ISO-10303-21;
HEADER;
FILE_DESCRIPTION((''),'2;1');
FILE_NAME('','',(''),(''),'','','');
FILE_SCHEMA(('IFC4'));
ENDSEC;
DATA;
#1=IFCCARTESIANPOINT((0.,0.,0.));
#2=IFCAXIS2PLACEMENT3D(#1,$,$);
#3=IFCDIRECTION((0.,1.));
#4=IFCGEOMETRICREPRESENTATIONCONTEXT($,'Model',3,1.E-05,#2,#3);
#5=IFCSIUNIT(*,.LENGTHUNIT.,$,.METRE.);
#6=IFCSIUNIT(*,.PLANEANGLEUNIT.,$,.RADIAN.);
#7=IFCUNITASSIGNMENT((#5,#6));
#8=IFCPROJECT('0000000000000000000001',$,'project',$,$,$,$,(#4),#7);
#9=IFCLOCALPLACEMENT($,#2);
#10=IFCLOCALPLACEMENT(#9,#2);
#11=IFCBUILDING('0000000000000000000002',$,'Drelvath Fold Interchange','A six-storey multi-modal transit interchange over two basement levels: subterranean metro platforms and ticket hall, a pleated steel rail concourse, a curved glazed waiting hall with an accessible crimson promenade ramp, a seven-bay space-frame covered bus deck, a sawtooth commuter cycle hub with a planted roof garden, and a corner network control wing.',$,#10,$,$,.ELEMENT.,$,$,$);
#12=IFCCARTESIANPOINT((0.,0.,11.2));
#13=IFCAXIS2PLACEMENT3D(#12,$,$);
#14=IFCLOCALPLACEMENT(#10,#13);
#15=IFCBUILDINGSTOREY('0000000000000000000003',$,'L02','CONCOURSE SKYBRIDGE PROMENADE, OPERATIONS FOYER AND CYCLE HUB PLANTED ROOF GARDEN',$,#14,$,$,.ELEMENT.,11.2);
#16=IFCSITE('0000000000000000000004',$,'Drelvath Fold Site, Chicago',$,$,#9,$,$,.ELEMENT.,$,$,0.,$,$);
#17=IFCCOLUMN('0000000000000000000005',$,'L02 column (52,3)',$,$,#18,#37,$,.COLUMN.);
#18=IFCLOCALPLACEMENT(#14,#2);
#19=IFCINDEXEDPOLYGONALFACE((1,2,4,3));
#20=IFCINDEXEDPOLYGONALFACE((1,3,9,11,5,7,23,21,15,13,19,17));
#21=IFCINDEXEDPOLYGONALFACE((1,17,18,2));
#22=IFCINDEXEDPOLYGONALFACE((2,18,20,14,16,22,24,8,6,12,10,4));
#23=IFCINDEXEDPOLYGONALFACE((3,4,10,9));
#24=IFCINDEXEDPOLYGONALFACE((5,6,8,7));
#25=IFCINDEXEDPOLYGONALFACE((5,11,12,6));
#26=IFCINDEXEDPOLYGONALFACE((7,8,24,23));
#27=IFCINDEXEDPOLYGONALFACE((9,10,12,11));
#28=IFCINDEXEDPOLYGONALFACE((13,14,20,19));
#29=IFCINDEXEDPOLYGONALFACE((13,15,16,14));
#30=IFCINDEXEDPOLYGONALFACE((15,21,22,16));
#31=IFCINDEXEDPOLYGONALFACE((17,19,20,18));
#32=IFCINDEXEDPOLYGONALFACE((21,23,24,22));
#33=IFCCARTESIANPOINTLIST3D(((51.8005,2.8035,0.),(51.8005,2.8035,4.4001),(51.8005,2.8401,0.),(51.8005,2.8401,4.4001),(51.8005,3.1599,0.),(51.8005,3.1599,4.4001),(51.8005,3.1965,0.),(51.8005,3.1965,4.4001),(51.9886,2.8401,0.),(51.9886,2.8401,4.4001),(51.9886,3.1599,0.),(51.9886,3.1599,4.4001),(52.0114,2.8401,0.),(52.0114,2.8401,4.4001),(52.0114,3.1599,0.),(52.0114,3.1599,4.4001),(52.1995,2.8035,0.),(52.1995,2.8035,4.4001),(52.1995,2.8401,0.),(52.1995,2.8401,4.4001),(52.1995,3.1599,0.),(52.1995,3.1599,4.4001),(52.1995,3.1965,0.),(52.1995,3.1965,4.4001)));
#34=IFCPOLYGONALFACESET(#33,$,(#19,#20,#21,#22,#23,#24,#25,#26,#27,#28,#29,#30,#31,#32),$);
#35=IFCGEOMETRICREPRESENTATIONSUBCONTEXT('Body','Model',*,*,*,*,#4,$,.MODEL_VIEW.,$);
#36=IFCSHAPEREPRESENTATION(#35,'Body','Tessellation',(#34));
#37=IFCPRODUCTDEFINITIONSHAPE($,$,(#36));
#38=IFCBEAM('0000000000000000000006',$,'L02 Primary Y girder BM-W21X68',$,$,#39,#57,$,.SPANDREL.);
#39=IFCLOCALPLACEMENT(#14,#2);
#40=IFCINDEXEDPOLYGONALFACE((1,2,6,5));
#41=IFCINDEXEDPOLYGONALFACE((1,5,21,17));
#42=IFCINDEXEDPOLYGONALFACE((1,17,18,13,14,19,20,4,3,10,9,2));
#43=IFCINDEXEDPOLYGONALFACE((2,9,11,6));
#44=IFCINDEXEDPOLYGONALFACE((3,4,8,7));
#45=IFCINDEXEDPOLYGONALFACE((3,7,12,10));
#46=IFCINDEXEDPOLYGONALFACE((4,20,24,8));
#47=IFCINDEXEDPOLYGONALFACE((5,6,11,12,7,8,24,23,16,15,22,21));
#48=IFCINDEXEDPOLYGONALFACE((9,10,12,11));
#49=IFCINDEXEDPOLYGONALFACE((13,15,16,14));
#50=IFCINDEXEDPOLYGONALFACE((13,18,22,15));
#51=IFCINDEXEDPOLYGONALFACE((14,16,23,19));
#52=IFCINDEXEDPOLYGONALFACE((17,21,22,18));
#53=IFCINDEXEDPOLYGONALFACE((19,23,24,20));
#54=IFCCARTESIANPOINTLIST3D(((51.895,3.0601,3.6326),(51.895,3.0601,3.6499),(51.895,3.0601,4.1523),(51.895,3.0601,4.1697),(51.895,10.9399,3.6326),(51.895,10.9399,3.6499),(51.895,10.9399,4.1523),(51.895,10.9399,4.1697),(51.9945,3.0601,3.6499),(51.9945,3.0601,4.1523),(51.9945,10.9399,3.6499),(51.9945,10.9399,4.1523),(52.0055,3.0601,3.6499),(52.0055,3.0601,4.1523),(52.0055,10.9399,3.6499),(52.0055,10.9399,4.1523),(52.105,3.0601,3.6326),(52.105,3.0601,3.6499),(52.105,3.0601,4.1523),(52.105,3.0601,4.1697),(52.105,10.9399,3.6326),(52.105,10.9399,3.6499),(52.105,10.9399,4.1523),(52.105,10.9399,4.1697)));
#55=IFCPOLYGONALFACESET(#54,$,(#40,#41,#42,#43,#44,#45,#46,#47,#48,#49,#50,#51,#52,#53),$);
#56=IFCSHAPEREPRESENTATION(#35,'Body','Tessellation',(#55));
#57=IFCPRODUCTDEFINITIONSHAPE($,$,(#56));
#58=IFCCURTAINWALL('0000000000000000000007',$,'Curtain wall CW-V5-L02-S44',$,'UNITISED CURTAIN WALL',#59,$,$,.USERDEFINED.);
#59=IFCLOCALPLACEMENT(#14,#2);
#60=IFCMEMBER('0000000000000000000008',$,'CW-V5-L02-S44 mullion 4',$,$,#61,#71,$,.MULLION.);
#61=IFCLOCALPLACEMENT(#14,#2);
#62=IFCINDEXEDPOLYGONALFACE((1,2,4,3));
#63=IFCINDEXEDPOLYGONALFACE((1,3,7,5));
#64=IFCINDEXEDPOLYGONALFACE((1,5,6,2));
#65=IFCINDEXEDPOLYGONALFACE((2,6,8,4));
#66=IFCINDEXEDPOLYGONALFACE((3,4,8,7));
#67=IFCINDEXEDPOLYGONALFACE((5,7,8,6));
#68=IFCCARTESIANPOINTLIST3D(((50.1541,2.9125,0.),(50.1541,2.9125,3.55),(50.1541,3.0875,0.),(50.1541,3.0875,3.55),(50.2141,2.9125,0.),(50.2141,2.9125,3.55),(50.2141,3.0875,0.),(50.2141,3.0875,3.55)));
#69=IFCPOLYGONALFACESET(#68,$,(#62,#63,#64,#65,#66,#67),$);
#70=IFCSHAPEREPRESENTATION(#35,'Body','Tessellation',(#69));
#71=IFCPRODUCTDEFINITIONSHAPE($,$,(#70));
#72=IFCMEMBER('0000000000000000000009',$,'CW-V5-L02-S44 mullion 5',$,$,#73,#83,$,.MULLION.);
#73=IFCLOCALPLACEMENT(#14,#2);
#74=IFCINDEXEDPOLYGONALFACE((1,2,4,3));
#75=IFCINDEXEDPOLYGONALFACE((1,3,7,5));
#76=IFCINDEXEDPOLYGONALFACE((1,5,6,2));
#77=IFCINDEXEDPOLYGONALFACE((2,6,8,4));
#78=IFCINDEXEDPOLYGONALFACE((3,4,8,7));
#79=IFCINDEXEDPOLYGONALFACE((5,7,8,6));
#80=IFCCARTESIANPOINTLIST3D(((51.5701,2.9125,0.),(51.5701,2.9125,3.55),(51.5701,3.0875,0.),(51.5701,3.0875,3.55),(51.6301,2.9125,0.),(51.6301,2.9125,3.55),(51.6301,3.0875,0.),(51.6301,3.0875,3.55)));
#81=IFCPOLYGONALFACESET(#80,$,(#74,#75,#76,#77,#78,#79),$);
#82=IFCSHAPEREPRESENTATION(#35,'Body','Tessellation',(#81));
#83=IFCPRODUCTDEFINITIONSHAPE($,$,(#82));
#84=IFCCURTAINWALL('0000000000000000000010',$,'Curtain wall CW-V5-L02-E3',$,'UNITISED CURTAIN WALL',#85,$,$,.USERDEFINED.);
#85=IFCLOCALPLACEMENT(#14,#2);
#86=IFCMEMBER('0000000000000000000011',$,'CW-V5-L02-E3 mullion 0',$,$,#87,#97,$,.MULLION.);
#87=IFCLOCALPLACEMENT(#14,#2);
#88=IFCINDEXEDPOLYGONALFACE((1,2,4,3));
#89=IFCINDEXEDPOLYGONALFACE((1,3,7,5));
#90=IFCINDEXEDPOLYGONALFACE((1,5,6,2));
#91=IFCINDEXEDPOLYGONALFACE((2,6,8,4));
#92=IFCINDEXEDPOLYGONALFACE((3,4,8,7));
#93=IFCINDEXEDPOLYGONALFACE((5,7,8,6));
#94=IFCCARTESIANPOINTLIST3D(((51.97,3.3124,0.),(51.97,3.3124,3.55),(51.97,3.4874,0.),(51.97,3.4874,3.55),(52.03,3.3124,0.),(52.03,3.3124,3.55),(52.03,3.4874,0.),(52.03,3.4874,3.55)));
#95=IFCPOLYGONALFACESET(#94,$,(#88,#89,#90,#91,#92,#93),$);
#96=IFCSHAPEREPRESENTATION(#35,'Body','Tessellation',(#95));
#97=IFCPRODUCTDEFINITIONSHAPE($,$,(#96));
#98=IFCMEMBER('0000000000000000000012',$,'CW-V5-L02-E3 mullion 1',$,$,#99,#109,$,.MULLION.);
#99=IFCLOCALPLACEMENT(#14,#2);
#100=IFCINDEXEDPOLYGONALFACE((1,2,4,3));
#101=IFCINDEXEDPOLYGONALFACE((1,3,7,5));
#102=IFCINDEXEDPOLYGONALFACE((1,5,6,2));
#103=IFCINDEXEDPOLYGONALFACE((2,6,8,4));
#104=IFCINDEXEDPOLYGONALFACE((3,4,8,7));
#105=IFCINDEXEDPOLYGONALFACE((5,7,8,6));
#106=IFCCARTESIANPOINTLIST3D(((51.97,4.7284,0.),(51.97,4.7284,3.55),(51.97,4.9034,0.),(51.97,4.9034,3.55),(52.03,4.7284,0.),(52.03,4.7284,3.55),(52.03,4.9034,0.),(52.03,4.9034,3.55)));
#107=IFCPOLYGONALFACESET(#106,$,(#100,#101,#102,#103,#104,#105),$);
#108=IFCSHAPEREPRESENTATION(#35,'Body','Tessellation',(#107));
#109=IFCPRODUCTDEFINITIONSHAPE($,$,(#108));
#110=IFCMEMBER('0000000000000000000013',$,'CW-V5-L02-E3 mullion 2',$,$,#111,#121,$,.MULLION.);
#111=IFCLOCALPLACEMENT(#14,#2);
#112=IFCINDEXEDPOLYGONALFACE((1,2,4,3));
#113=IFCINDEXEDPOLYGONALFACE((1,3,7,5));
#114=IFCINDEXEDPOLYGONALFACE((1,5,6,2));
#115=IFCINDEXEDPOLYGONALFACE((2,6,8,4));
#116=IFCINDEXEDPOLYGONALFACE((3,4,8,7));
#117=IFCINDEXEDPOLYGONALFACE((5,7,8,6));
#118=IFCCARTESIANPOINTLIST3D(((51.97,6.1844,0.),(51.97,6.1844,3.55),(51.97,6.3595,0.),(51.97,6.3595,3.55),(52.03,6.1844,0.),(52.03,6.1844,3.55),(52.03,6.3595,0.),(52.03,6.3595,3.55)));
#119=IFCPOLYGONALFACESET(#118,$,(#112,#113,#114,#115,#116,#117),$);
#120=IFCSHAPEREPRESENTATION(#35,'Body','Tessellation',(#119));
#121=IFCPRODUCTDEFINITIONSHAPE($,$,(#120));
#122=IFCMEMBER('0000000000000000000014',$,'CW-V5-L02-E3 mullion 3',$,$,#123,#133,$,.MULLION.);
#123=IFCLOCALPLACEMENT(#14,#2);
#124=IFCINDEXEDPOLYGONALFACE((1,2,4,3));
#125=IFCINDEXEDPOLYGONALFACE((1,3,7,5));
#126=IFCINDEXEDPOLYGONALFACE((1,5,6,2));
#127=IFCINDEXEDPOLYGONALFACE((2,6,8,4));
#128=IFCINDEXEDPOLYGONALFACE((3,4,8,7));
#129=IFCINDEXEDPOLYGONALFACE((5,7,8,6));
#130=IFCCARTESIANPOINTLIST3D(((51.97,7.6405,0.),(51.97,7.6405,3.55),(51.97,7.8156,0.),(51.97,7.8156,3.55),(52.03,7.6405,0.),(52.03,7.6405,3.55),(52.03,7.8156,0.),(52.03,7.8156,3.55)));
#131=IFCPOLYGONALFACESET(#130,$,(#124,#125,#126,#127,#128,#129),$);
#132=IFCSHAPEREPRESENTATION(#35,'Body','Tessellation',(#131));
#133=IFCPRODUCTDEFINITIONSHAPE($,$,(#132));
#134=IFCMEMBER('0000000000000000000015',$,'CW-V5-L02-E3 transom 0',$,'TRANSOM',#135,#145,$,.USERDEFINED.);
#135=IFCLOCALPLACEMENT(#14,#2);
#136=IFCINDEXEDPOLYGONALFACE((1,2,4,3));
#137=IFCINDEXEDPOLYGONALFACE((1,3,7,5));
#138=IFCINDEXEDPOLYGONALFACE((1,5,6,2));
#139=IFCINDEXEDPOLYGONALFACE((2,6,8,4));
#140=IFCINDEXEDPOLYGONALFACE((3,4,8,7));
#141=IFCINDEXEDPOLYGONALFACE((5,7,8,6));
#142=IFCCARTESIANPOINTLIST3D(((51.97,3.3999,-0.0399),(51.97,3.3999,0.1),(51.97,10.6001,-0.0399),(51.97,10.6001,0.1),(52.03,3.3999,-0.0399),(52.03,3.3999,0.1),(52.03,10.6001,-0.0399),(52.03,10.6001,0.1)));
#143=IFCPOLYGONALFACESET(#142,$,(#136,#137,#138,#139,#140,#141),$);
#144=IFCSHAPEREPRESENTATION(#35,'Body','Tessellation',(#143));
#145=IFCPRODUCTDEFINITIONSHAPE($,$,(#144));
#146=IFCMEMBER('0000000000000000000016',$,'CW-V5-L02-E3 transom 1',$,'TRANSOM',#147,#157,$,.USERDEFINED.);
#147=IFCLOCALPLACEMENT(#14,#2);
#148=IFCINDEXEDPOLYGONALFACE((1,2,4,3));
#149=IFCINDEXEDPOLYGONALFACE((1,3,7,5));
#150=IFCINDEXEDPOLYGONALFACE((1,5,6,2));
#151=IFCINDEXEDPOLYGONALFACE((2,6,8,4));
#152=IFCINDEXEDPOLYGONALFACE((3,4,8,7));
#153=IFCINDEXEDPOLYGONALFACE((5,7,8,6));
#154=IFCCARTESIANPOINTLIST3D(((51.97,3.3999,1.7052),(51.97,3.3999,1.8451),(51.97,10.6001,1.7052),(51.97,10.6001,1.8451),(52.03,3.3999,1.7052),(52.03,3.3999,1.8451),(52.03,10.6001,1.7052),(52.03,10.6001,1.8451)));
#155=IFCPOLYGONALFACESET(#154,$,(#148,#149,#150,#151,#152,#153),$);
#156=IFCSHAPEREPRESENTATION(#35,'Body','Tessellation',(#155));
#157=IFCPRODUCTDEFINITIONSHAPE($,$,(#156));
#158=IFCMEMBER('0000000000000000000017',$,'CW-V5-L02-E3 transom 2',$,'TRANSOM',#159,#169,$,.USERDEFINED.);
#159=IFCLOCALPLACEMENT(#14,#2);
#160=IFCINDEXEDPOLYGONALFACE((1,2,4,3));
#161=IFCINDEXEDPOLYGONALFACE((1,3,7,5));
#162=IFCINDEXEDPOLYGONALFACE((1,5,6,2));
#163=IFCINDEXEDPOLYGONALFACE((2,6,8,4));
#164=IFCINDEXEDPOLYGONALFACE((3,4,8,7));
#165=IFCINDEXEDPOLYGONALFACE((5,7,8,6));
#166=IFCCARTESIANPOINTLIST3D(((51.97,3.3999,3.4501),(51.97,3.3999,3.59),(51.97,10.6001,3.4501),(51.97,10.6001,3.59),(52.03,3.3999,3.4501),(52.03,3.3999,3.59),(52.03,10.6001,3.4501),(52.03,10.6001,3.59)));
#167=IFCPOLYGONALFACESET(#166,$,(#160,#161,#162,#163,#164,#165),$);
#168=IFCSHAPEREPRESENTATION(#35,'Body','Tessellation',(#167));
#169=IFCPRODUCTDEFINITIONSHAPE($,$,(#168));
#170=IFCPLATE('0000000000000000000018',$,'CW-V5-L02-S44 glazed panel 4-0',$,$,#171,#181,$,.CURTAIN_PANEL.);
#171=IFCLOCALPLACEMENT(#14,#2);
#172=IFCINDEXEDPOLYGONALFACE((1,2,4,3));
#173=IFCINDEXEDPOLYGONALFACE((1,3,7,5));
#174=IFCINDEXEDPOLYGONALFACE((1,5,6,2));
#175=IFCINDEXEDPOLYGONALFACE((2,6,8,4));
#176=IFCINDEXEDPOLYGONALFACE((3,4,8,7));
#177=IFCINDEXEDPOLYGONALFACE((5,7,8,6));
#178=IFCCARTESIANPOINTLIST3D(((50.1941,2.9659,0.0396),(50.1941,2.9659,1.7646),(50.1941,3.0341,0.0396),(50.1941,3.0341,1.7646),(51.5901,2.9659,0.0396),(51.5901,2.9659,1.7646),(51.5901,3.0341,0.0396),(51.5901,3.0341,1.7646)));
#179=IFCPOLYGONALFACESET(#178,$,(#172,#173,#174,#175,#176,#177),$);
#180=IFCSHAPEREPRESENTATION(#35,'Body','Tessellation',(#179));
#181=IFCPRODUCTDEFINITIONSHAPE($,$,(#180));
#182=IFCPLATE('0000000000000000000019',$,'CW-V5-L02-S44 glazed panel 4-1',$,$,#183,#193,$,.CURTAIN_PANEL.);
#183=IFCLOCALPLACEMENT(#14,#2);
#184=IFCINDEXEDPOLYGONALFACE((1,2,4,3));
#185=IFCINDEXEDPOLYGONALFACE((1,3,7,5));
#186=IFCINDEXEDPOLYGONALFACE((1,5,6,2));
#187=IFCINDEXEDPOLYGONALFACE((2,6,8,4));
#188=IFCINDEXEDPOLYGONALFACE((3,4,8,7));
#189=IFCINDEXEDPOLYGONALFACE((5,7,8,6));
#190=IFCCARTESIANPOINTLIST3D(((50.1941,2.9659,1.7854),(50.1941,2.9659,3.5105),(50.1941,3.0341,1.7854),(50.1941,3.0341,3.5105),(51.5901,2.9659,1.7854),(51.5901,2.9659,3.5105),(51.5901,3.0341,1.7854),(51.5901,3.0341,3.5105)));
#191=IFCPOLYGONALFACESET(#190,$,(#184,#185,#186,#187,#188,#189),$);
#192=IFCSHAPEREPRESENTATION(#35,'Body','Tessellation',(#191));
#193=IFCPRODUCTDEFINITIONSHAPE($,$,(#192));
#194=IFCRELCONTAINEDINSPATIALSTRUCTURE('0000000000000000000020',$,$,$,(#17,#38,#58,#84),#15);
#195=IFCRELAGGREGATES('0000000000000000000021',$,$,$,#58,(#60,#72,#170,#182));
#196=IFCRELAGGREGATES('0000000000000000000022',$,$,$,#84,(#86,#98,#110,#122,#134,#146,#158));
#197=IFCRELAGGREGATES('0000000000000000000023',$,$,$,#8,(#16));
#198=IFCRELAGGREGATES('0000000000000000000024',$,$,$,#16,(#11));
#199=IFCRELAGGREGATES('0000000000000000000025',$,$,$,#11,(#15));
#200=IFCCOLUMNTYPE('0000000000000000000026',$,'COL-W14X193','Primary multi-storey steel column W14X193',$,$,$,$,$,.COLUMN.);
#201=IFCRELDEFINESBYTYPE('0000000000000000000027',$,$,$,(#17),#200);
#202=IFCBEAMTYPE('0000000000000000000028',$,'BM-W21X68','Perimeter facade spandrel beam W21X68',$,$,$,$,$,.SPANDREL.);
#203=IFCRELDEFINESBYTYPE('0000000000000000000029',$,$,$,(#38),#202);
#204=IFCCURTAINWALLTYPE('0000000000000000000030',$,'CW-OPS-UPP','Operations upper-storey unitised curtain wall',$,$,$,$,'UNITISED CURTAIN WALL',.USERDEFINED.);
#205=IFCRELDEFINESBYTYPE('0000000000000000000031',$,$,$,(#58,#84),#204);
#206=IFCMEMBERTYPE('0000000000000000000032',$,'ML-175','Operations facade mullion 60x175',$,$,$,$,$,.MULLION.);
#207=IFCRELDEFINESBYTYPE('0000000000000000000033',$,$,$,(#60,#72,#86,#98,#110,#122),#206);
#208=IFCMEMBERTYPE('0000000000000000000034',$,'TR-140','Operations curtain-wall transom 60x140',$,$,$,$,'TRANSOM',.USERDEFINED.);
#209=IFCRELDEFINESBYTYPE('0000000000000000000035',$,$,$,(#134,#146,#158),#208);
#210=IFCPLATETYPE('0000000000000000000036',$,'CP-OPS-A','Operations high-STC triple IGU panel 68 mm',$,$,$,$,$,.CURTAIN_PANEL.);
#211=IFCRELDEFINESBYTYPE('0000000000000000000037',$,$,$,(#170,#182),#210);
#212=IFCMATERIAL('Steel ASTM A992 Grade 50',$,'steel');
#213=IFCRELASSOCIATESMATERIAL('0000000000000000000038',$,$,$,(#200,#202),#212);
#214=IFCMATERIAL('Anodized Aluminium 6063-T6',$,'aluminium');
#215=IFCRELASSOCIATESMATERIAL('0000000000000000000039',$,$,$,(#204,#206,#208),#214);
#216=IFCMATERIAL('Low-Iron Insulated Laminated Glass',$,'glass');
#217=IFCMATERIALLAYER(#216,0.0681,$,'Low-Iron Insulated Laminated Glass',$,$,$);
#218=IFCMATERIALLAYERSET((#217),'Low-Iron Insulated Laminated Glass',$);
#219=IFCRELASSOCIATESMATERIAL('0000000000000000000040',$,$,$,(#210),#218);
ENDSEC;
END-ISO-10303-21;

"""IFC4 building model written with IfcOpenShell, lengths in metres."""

from ifc_helpers import new_model, si_unit, direction, frame, origin, origin_2d, place, context, subcontext, project, spatial, rectangle, i_section, extrude, material, layer, layer_set, material_profile, profile_set, type_object, element, aggregate, save


model = new_model("IFC4")

# Units and contexts
model_context = context("Model", 3, precision=1e-05, world=origin(), true_north=direction((0.0, 1.0)))
body_context = subcontext(model_context, "Body", "Model", "MODEL_VIEW")
ifc_project = project(units=[si_unit("LENGTHUNIT", "METRE"), si_unit("PLANEANGLEUNIT", "RADIAN")], contexts=[model_context])

# Site, building, storey
site_placement = place(None, origin())
site = spatial("IfcSite", under=ifc_project, at=site_placement, Name="Drelvath Fold Site, Chicago", CompositionType="ELEMENT", RefElevation=0.0)
building_placement = place(site_placement, origin())
building = spatial("IfcBuilding", under=site, at=building_placement, Name="Drelvath Fold Interchange", Description="A six-storey multi-modal transit interchange over two basement levels: subterranean metro platforms and ticket hall, a pleated steel rail concourse, a curved glazed waiting hall with an accessible crimson promenade ramp, a seven-bay space-frame covered bus deck, a sawtooth commuter cycle hub with a planted roof garden, and a corner network control wing.", CompositionType="ELEMENT")
storey_placement = place(building_placement, frame((0.0, 0.0, 11.2)))
storey = spatial("IfcBuildingStorey", under=building, at=storey_placement, Name="L02", Description="CONCOURSE SKYBRIDGE PROMENADE, OPERATIONS FOYER AND CYCLE HUB PLANTED ROOF GARDEN", CompositionType="ELEMENT", Elevation=11.2)

# Column
ifc_material_1 = material(Name="Steel ASTM A992 Grade 50", Category="steel")
ifc_material_profile_1 = material_profile(ifc_material_1, i_section(OverallWidth=0.3989, OverallDepth=0.3931, WebThickness=0.0227, FlangeThickness=0.0366, at=origin_2d()), Name="W14X193")
ifc_profile_set_1 = profile_set([ifc_material_profile_1], Name="Steel ASTM A992 Grade 50")
column_type = type_object("IfcColumnType", Name="COL-W14X193", Description="Primary multi-storey steel column W14X193", PredefinedType="COLUMN", material=ifc_profile_set_1)
column_placement = place(storey_placement, frame((52.0, 3.0, 0.0), z_axis=(0.0, 0.0, 1.0), x_axis=(1.0, 0.0, 0.0)))
element("IfcColumn", 1, at=column_placement, inside=storey, type_object=column_type, Name="L02 column (52,3)", PredefinedType="COLUMN", context=body_context, shape_type="SweptSolid", body=[
    extrude(i_section(OverallWidth=0.3989, OverallDepth=0.3931, WebThickness=0.0227, FlangeThickness=0.0366, at=origin_2d()), origin(), (0.0, 0.0, 1.0), 4.4001),
])

# Beam
ifc_material_profile_2 = material_profile(ifc_material_1, i_section(OverallWidth=0.21, OverallDepth=0.5371, WebThickness=0.011, FlangeThickness=0.0173, at=origin_2d()), Name="W21X68")
ifc_profile_set_2 = profile_set([ifc_material_profile_2], Name="Steel ASTM A992 Grade 50")
beam_type = type_object("IfcBeamType", Name="BM-W21X68", Description="Perimeter facade spandrel beam W21X68", PredefinedType="SPANDREL", material=ifc_profile_set_2)
beam_placement = place(storey_placement, frame((52.0, 3.0601, 3.9011), z_axis=(0.0, 1.0, 0.0), x_axis=(-1.0, 0.0, 0.0)))
element("IfcBeam", 2, at=beam_placement, inside=storey, type_object=beam_type, Name="L02 Primary Y girder BM-W21X68", PredefinedType="SPANDREL", context=body_context, shape_type="SweptSolid", body=[
    extrude(i_section(OverallWidth=0.21, OverallDepth=0.5371, WebThickness=0.011, FlangeThickness=0.0173, at=origin_2d()), origin(), (0.0, 0.0, 1.0), 7.8799),
])

# Curtain walls, members
ifc_material_2 = material(Name="Anodized Aluminium 6063-T6", Category="aluminium")
curtain_wall_type = type_object("IfcCurtainWallType", Name="CW-OPS-UPP", Description="Operations upper-storey unitised curtain wall", ElementType="UNITISED CURTAIN WALL", PredefinedType="USERDEFINED", material=ifc_material_2)
curtain_wall_1_placement = place(storey_placement, origin())
curtain_wall_1 = element("IfcCurtainWall", 3, at=curtain_wall_1_placement, inside=storey, type_object=curtain_wall_type, Name="Curtain wall CW-V5-L02-S44", ObjectType="UNITISED CURTAIN WALL", PredefinedType="USERDEFINED")
ifc_material_profile_3 = material_profile(ifc_material_2, rectangle(XDim=0.0601, YDim=0.175, at=origin_2d()), Name="AL-M 60x175")
ifc_profile_set_3 = profile_set([ifc_material_profile_3], Name="Anodized Aluminium 6063-T6")
member_type_1 = type_object("IfcMemberType", Name="ML-175", Description="Operations facade mullion 60x175", PredefinedType="MULLION", material=ifc_profile_set_3)
member_1_placement = place(storey_placement, frame((50.1841, 3.0, 0.0), z_axis=(0.0, 0.0, 1.0), x_axis=(1.0, 0.0, 0.0)))
member_1 = element("IfcMember", 4, at=member_1_placement, type_object=member_type_1, Name="CW-V5-L02-S44 mullion 4", PredefinedType="MULLION", context=body_context, shape_type="SweptSolid", body=[
    extrude(rectangle(XDim=0.0601, YDim=0.175, at=origin_2d()), origin(), (0.0, 0.0, 1.0), 3.55),
])
member_2_placement = place(storey_placement, frame((51.6001, 3.0, 0.0), z_axis=(0.0, 0.0, 1.0), x_axis=(1.0, 0.0, 0.0)))
member_2 = element("IfcMember", 5, at=member_2_placement, type_object=member_type_1, Name="CW-V5-L02-S44 mullion 5", PredefinedType="MULLION", context=body_context, shape_type="SweptSolid", body=[
    extrude(rectangle(XDim=0.0601, YDim=0.175, at=origin_2d()), origin(), (0.0, 0.0, 1.0), 3.55),
])
curtain_wall_2_placement = place(storey_placement, origin())
curtain_wall_2 = element("IfcCurtainWall", 6, at=curtain_wall_2_placement, inside=storey, type_object=curtain_wall_type, Name="Curtain wall CW-V5-L02-E3", ObjectType="UNITISED CURTAIN WALL", PredefinedType="USERDEFINED")
member_3_placement = place(storey_placement, frame((52.0, 3.3999, 0.0), z_axis=(0.0, 0.0, 1.0), x_axis=(1.0, 0.0, 0.0)))
member_3 = element("IfcMember", 7, at=member_3_placement, type_object=member_type_1, Name="CW-V5-L02-E3 mullion 0", PredefinedType="MULLION", context=body_context, shape_type="SweptSolid", body=[
    extrude(rectangle(XDim=0.0601, YDim=0.175, at=origin_2d()), origin(), (0.0, 0.0, 1.0), 3.55),
])
member_4_placement = place(storey_placement, frame((52.0, 4.8159, 0.0), z_axis=(0.0, 0.0, 1.0), x_axis=(1.0, 0.0, 0.0)))
member_4 = element("IfcMember", 8, at=member_4_placement, type_object=member_type_1, Name="CW-V5-L02-E3 mullion 1", PredefinedType="MULLION", context=body_context, shape_type="SweptSolid", body=[
    extrude(rectangle(XDim=0.0601, YDim=0.175, at=origin_2d()), origin(), (0.0, 0.0, 1.0), 3.55),
])
member_5_placement = place(storey_placement, frame((52.0, 6.272, 0.0), z_axis=(0.0, 0.0, 1.0), x_axis=(1.0, 0.0, 0.0)))
member_5 = element("IfcMember", 9, at=member_5_placement, type_object=member_type_1, Name="CW-V5-L02-E3 mullion 2", PredefinedType="MULLION", context=body_context, shape_type="SweptSolid", body=[
    extrude(rectangle(XDim=0.0601, YDim=0.175, at=origin_2d()), origin(), (0.0, 0.0, 1.0), 3.55),
])
member_6_placement = place(storey_placement, frame((52.0, 7.728, 0.0), z_axis=(0.0, 0.0, 1.0), x_axis=(1.0, 0.0, 0.0)))
member_6 = element("IfcMember", 10, at=member_6_placement, type_object=member_type_1, Name="CW-V5-L02-E3 mullion 3", PredefinedType="MULLION", context=body_context, shape_type="SweptSolid", body=[
    extrude(rectangle(XDim=0.0601, YDim=0.175, at=origin_2d()), origin(), (0.0, 0.0, 1.0), 3.55),
])
ifc_material_profile_4 = material_profile(ifc_material_2, rectangle(XDim=0.0601, YDim=0.1399, at=origin_2d()), Name="AL-T 60x140")
ifc_profile_set_4 = profile_set([ifc_material_profile_4], Name="Anodized Aluminium 6063-T6")
member_type_2 = type_object("IfcMemberType", Name="TR-140", Description="Operations curtain-wall transom 60x140", ElementType="TRANSOM", PredefinedType="USERDEFINED", material=ifc_profile_set_4)
member_7_placement = place(storey_placement, frame((52.0, 3.3999, 0.03), z_axis=(0.0, 1.0, 0.0), x_axis=(-1.0, 0.0, 0.0)))
member_7 = element("IfcMember", 11, at=member_7_placement, type_object=member_type_2, Name="CW-V5-L02-E3 transom 0", ObjectType="TRANSOM", PredefinedType="USERDEFINED", context=body_context, shape_type="SweptSolid", body=[
    extrude(rectangle(XDim=0.0601, YDim=0.1399, at=origin_2d()), origin(), (0.0, 0.0, 1.0), 7.2002),
])
member_8_placement = place(storey_placement, frame((52.0, 3.3999, 1.7751), z_axis=(0.0, 1.0, 0.0), x_axis=(-1.0, 0.0, 0.0)))
member_8 = element("IfcMember", 12, at=member_8_placement, type_object=member_type_2, Name="CW-V5-L02-E3 transom 1", ObjectType="TRANSOM", PredefinedType="USERDEFINED", context=body_context, shape_type="SweptSolid", body=[
    extrude(rectangle(XDim=0.0601, YDim=0.1399, at=origin_2d()), origin(), (0.0, 0.0, 1.0), 7.2002),
])
member_9_placement = place(storey_placement, frame((52.0, 3.3999, 3.52), z_axis=(0.0, 1.0, 0.0), x_axis=(-1.0, 0.0, 0.0)))
member_9 = element("IfcMember", 13, at=member_9_placement, type_object=member_type_2, Name="CW-V5-L02-E3 transom 2", ObjectType="TRANSOM", PredefinedType="USERDEFINED", context=body_context, shape_type="SweptSolid", body=[
    extrude(rectangle(XDim=0.0601, YDim=0.1399, at=origin_2d()), origin(), (0.0, 0.0, 1.0), 7.2002),
])

# Plates
ifc_material_3 = material(Name="Low-Iron Insulated Laminated Glass", Category="glass")
ifc_layer_1 = layer(ifc_material_3, 0.0681, Name="Low-Iron Insulated Laminated Glass")
ifc_layer_set_1 = layer_set([ifc_layer_1], Name="Low-Iron Insulated Laminated Glass")
plate_type = type_object("IfcPlateType", Name="CP-OPS-A", Description="Operations high-STC triple IGU panel 68 mm", PredefinedType="CURTAIN_PANEL", material=ifc_layer_set_1)
plate_1_placement = place(storey_placement, frame((50.8921, 3.0, 0.0396), z_axis=(0.0, 0.0, 1.0), x_axis=(1.0, 0.0, 0.0)))
plate_1 = element("IfcPlate", 14, at=plate_1_placement, type_object=plate_type, Name="CW-V5-L02-S44 glazed panel 4-0", PredefinedType="CURTAIN_PANEL", context=body_context, shape_type="SweptSolid", body=[
    extrude(rectangle(XDim=1.396, YDim=0.0681, at=origin_2d()), origin(), (0.0, 0.0, 1.0), 1.7251),
])
plate_2_placement = place(storey_placement, frame((50.8921, 3.0, 1.7854), z_axis=(0.0, 0.0, 1.0), x_axis=(1.0, 0.0, 0.0)))
plate_2 = element("IfcPlate", 15, at=plate_2_placement, type_object=plate_type, Name="CW-V5-L02-S44 glazed panel 4-1", PredefinedType="CURTAIN_PANEL", context=body_context, shape_type="SweptSolid", body=[
    extrude(rectangle(XDim=1.396, YDim=0.0681, at=origin_2d()), origin(), (0.0, 0.0, 1.0), 1.7251),
])
aggregate(curtain_wall_1, [member_1, member_2, plate_1, plate_2])
aggregate(curtain_wall_2, [member_3, member_4, member_5, member_6, member_7, member_8, member_9])

save(model, "model.ifc")
